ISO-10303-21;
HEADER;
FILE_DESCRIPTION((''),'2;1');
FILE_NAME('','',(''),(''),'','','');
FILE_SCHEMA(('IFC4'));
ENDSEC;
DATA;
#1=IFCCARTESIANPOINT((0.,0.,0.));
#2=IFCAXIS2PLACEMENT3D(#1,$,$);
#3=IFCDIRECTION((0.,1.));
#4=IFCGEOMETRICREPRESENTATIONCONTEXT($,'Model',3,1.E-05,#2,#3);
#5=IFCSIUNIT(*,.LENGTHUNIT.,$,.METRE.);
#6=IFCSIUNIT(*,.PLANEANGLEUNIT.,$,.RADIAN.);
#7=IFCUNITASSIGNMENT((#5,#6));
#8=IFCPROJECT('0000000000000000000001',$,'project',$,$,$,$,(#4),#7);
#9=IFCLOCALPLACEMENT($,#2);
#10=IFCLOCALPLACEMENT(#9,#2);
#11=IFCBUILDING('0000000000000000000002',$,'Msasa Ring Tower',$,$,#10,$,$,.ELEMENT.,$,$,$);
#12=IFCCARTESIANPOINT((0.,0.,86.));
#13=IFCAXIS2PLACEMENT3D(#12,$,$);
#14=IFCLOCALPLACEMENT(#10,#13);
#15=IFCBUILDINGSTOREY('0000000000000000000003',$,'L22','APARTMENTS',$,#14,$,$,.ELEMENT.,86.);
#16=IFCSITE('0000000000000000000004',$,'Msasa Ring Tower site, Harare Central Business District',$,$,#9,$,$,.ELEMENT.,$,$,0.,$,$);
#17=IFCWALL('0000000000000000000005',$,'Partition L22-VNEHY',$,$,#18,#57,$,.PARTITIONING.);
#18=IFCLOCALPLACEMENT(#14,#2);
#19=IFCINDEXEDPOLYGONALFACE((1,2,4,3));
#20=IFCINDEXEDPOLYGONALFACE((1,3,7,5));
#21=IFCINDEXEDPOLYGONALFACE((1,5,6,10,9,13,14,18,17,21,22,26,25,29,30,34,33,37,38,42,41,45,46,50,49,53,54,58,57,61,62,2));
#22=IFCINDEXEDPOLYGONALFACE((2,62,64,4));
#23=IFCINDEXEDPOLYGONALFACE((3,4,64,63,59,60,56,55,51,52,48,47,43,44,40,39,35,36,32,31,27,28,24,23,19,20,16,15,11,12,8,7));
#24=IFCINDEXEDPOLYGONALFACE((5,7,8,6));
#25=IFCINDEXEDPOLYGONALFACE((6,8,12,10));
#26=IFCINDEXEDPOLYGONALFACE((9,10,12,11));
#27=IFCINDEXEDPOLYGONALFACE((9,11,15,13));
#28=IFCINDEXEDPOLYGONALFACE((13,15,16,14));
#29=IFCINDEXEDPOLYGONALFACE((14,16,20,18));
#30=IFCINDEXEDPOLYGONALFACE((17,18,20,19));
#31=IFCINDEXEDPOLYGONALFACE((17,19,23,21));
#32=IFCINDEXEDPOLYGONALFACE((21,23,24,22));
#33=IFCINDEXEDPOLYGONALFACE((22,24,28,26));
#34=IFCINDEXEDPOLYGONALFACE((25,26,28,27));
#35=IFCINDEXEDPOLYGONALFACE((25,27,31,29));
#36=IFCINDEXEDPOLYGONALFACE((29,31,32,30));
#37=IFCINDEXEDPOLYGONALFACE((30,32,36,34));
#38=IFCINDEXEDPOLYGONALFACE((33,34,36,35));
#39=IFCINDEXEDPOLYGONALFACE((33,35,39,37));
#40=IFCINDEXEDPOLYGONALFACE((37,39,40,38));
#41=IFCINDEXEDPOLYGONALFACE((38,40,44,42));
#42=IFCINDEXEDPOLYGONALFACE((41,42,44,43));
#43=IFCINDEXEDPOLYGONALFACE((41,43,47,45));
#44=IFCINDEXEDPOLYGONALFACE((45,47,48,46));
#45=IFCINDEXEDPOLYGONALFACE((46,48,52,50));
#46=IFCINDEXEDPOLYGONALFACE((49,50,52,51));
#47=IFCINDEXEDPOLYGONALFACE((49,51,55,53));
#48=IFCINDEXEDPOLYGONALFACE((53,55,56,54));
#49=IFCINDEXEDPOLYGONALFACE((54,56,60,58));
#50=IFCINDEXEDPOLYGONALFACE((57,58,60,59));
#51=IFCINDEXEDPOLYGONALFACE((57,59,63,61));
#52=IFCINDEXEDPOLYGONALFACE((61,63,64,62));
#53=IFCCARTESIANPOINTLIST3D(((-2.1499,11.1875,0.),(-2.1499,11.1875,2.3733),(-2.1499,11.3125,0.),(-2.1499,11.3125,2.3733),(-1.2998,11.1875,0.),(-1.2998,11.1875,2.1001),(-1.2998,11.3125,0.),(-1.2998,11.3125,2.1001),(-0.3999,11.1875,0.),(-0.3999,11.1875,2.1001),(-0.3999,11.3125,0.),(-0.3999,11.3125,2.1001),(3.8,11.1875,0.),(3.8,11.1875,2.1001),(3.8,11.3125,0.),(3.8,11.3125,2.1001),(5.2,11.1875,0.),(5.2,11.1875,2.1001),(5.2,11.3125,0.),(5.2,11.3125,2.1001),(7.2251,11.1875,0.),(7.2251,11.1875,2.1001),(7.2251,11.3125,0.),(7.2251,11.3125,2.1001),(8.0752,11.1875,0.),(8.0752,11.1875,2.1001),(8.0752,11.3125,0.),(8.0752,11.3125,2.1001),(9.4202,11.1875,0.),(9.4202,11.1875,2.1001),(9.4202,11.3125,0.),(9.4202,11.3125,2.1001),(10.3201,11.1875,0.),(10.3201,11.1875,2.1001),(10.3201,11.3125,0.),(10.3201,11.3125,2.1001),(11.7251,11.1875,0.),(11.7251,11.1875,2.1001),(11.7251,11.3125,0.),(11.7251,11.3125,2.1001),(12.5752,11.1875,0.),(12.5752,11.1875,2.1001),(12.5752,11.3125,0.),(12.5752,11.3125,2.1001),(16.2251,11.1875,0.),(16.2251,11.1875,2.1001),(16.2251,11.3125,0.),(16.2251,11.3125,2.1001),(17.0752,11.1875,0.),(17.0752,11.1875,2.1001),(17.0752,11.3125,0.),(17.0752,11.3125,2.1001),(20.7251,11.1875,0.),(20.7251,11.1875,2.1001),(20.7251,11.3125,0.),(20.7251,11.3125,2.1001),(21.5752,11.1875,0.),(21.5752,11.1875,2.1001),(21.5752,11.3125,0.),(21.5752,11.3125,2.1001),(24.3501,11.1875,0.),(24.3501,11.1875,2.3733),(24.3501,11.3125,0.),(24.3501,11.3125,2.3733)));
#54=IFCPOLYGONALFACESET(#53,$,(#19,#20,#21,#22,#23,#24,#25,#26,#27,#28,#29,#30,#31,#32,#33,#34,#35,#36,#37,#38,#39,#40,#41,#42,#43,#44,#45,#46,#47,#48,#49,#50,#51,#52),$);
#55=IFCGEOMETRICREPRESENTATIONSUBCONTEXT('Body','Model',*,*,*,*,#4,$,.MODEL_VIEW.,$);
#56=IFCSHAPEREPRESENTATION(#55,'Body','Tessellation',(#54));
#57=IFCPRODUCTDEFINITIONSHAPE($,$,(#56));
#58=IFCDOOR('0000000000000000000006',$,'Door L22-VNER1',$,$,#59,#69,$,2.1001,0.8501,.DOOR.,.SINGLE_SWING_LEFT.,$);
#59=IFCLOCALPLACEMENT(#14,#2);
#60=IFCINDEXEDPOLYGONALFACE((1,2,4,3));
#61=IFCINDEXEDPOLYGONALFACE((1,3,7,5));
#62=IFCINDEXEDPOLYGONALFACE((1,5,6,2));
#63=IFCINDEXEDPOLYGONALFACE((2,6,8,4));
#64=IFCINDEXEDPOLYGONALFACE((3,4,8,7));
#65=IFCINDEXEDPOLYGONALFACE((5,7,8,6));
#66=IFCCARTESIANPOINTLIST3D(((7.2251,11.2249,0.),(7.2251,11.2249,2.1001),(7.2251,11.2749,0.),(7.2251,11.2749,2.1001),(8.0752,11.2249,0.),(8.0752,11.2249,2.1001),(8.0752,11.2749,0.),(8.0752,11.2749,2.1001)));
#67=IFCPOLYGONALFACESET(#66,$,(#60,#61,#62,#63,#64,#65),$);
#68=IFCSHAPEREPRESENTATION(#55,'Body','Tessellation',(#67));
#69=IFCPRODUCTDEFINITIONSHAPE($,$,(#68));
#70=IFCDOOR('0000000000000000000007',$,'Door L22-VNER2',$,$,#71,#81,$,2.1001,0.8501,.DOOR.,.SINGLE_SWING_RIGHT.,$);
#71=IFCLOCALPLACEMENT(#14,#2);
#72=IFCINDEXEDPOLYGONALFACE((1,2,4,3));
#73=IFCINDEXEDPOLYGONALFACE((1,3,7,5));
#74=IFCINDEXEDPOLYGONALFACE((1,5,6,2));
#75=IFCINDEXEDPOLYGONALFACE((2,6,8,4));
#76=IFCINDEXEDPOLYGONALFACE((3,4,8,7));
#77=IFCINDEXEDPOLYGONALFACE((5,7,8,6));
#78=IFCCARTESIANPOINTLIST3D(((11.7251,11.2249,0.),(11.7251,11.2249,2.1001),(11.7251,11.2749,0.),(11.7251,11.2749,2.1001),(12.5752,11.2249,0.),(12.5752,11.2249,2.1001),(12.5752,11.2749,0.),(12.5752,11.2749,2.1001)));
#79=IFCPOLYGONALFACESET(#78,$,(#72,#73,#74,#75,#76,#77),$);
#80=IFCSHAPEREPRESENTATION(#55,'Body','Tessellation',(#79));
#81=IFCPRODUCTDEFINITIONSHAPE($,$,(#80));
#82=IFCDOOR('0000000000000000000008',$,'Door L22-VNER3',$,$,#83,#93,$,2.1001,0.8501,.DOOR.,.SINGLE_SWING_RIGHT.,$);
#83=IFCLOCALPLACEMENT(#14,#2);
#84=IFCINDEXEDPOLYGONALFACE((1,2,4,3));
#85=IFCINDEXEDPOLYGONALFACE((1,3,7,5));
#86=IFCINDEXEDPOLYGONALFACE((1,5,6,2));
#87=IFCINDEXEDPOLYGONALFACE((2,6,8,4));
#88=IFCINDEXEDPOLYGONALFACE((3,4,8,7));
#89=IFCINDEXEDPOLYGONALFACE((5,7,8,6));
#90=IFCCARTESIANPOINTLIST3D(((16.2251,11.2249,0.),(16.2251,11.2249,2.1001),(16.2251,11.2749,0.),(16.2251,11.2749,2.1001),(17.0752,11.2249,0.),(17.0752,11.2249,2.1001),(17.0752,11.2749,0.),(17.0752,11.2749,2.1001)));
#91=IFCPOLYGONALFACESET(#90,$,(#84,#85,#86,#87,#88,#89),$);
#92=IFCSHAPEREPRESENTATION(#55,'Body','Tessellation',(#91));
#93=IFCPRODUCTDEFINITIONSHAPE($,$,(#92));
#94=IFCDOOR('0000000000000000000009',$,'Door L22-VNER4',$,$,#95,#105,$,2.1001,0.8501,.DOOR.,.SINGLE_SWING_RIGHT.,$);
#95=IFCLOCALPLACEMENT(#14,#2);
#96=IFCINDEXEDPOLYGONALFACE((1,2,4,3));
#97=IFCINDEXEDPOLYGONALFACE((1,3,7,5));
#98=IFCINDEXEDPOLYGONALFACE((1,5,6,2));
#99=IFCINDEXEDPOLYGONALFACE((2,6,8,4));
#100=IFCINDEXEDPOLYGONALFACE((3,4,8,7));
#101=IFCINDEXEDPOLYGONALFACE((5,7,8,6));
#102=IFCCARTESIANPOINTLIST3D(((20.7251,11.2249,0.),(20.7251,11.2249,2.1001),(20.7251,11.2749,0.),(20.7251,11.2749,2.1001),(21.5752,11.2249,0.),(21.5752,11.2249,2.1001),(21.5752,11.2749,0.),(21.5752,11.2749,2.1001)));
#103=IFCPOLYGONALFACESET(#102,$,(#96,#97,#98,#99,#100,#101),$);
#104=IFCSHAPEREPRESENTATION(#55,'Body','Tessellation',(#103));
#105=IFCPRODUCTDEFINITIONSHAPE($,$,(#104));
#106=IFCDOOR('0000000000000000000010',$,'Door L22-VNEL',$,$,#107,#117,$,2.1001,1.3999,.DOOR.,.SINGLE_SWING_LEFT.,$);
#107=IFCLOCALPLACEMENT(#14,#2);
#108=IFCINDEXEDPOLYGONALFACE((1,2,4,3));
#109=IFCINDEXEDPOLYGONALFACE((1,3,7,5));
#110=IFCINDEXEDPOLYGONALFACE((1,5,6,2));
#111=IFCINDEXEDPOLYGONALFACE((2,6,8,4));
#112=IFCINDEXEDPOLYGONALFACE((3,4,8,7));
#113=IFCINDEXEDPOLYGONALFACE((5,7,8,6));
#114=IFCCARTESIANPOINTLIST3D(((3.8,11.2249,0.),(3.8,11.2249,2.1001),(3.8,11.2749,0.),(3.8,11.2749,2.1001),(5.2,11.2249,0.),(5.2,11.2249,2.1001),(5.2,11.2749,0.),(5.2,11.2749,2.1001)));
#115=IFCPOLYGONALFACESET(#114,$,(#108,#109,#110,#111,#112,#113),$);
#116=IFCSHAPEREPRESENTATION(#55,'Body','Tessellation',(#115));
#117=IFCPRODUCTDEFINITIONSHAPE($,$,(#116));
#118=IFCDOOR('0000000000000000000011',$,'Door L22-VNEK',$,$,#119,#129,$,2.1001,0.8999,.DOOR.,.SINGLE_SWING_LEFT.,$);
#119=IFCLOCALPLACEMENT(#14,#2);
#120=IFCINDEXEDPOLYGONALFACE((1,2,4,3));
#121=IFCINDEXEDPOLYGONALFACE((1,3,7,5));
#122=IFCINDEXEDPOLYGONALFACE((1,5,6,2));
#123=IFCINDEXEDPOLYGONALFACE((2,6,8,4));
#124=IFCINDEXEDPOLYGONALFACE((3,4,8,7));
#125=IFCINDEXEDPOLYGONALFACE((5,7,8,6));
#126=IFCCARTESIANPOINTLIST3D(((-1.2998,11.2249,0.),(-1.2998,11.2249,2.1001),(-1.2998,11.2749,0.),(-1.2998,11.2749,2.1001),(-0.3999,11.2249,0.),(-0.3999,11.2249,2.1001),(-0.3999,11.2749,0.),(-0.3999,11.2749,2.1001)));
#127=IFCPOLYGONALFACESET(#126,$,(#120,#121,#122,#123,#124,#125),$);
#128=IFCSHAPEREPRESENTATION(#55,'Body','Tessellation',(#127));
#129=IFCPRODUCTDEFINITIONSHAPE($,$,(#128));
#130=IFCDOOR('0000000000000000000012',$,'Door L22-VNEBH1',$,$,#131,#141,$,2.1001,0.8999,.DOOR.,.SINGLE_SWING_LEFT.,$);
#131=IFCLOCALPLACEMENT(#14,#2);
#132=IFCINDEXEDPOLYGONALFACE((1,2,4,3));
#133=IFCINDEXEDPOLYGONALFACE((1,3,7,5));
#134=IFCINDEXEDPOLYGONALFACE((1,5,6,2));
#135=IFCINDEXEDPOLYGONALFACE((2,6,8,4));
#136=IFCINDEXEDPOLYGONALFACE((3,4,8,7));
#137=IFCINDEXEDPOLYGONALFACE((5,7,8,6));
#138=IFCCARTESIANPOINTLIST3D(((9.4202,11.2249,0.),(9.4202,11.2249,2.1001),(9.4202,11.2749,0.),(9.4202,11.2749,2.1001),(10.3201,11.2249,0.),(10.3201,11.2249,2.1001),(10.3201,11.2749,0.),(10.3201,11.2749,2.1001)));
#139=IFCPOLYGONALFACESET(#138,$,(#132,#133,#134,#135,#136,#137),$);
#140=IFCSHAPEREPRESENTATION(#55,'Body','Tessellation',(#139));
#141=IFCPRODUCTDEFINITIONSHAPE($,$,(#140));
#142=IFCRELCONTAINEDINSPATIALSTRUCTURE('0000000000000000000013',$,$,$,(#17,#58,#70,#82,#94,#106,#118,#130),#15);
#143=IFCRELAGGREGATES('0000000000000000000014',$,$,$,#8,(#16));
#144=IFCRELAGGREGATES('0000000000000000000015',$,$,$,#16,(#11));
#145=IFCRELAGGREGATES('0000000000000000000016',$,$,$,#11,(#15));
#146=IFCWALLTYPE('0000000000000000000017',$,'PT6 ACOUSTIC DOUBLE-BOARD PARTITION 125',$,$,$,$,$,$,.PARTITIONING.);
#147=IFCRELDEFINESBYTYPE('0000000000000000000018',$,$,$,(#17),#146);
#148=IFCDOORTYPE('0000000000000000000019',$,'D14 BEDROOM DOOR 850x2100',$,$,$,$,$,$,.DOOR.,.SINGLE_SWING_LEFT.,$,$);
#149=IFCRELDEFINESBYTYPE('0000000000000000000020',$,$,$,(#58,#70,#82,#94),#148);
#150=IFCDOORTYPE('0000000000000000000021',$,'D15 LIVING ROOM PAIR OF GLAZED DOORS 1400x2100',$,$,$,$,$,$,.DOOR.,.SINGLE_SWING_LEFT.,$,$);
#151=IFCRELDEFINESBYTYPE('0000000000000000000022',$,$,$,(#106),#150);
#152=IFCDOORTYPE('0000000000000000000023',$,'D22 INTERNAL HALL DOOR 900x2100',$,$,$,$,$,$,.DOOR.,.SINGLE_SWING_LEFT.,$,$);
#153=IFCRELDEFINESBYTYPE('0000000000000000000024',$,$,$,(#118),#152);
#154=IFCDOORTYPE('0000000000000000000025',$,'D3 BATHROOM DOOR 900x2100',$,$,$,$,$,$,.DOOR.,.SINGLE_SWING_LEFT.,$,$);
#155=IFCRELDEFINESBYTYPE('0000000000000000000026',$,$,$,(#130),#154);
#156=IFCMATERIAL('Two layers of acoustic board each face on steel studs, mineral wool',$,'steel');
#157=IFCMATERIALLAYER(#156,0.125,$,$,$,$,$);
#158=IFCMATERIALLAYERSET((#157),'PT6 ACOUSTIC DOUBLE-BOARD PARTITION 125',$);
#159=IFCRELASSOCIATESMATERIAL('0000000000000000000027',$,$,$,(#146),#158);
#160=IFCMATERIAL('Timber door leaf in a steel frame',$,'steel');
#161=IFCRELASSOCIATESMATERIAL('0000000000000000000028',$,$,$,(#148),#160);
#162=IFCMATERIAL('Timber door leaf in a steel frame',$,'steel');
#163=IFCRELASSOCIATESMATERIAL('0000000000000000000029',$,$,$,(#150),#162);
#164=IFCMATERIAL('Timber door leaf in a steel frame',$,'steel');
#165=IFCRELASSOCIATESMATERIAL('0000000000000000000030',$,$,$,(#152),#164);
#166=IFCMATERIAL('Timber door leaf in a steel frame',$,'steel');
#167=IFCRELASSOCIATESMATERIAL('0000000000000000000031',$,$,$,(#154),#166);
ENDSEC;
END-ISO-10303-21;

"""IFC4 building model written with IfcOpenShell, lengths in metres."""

from ifc_helpers import new_model, si_unit, direction, frame, frame_2d, origin, place, context, subcontext, project, spatial, rectangle, extrude, material, layer, layer_set, type_object, element, fill, save


model = new_model("IFC4")

# Units and contexts
model_context = context("Model", 3, precision=1e-05, world=origin(), true_north=direction((0.0, 1.0)))
body_context = subcontext(model_context, "Body", "Model", "MODEL_VIEW")
ifc_project = project(units=[si_unit("LENGTHUNIT", "METRE"), si_unit("PLANEANGLEUNIT", "RADIAN")], contexts=[model_context])

# Site, building, storey
site_placement = place(None, origin())
site = spatial("IfcSite", under=ifc_project, at=site_placement, Name="Msasa Ring Tower site, Harare Central Business District", CompositionType="ELEMENT", RefElevation=0.0)
building_placement = place(site_placement, origin())
building = spatial("IfcBuilding", under=site, at=building_placement, Name="Msasa Ring Tower", CompositionType="ELEMENT")
storey_placement = place(building_placement, frame((0.0, 0.0, 86.0)))
storey = spatial("IfcBuildingStorey", under=building, at=storey_placement, Name="L22", Description="APARTMENTS", CompositionType="ELEMENT", Elevation=86.0)

# Wall, openings, doors
ifc_material_1 = material(Name="Two layers of acoustic board each face on steel studs, mineral wool", Category="steel")
ifc_layer_1 = layer(ifc_material_1, 0.125)
ifc_layer_set_1 = layer_set([ifc_layer_1], Name="PT6 ACOUSTIC DOUBLE-BOARD PARTITION 125")
wall_type_1 = type_object("IfcWallType", Name="PT6 ACOUSTIC DOUBLE-BOARD PARTITION 125", PredefinedType="PARTITIONING", material=ifc_layer_set_1)
wall_1_placement = place(storey_placement, frame((-2.1499, 11.25, 0.0), z_axis=(0.0, 0.0, 1.0), x_axis=(1.0, 0.0, 0.0)))
wall_1 = element("IfcWall", 1, at=wall_1_placement, inside=storey, type_object=wall_type_1, Name="Partition L22-VNEHY", PredefinedType="PARTITIONING", context=body_context, shape_type="SweptSolid", body=[
    extrude(rectangle(XDim=26.5, YDim=0.125, at=frame_2d((13.25, 0.0))), origin(), (0.0, 0.0, 1.0), 2.3733),
])
opening_1_placement = place(wall_1_placement, frame((0.8501, 0.0, 0.0)))
opening_1 = element("IfcOpeningElement", 2, at=opening_1_placement, cuts=wall_1, PredefinedType="OPENING", context=body_context, shape_type="SweptSolid", body=[
    extrude(rectangle(XDim=0.8999, YDim=2.1001, at=frame_2d((0.45, 1.05))), frame((0.0, 0.0725, 0.0), z_axis=(0.0, -1.0, 0.0), x_axis=(1.0, 0.0, 0.0)), (0.0, 0.0, 1.0), 0.145),
])
opening_2_placement = place(wall_1_placement, frame((5.95, 0.0, 0.0)))
opening_2 = element("IfcOpeningElement", 3, at=opening_2_placement, cuts=wall_1, PredefinedType="OPENING", context=body_context, shape_type="SweptSolid", body=[
    extrude(rectangle(XDim=1.3999, YDim=2.1001, at=frame_2d((0.7, 1.05))), frame((0.0, 0.0725, 0.0), z_axis=(0.0, -1.0, 0.0), x_axis=(1.0, 0.0, 0.0)), (0.0, 0.0, 1.0), 0.145),
])
opening_3_placement = place(wall_1_placement, frame((9.375, 0.0, 0.0)))
opening_3 = element("IfcOpeningElement", 4, at=opening_3_placement, cuts=wall_1, PredefinedType="OPENING", context=body_context, shape_type="SweptSolid", body=[
    extrude(rectangle(XDim=0.8501, YDim=2.1001, at=frame_2d((0.425, 1.05))), frame((0.0, 0.0725, 0.0), z_axis=(0.0, -1.0, 0.0), x_axis=(1.0, 0.0, 0.0)), (0.0, 0.0, 1.0), 0.145),
])
opening_4_placement = place(wall_1_placement, frame((11.5701, 0.0, 0.0)))
opening_4 = element("IfcOpeningElement", 5, at=opening_4_placement, cuts=wall_1, PredefinedType="OPENING", context=body_context, shape_type="SweptSolid", body=[
    extrude(rectangle(XDim=0.8999, YDim=2.1001, at=frame_2d((0.45, 1.05))), frame((0.0, 0.0725, 0.0), z_axis=(0.0, -1.0, 0.0), x_axis=(1.0, 0.0, 0.0)), (0.0, 0.0, 1.0), 0.145),
])
opening_5_placement = place(wall_1_placement, frame((13.875, 0.0, 0.0)))
opening_5 = element("IfcOpeningElement", 6, at=opening_5_placement, cuts=wall_1, PredefinedType="OPENING", context=body_context, shape_type="SweptSolid", body=[
    extrude(rectangle(XDim=0.8501, YDim=2.1001, at=frame_2d((0.425, 1.05))), frame((0.0, 0.0725, 0.0), z_axis=(0.0, -1.0, 0.0), x_axis=(1.0, 0.0, 0.0)), (0.0, 0.0, 1.0), 0.145),
])
opening_6_placement = place(wall_1_placement, frame((18.375, 0.0, 0.0)))
opening_6 = element("IfcOpeningElement", 7, at=opening_6_placement, cuts=wall_1, PredefinedType="OPENING", context=body_context, shape_type="SweptSolid", body=[
    extrude(rectangle(XDim=0.8501, YDim=2.1001, at=frame_2d((0.425, 1.05))), frame((0.0, 0.0725, 0.0), z_axis=(0.0, -1.0, 0.0), x_axis=(1.0, 0.0, 0.0)), (0.0, 0.0, 1.0), 0.145),
])
opening_7_placement = place(wall_1_placement, frame((22.875, 0.0, 0.0)))
opening_7 = element("IfcOpeningElement", 8, at=opening_7_placement, cuts=wall_1, PredefinedType="OPENING", context=body_context, shape_type="SweptSolid", body=[
    extrude(rectangle(XDim=0.8501, YDim=2.1001, at=frame_2d((0.425, 1.05))), frame((0.0, 0.0725, 0.0), z_axis=(0.0, -1.0, 0.0), x_axis=(1.0, 0.0, 0.0)), (0.0, 0.0, 1.0), 0.145),
])
ifc_material_2 = material(Name="Timber door leaf in a steel frame", Category="steel")
door_type_1 = type_object("IfcDoorType", Name="D14 BEDROOM DOOR 850x2100", OperationType="SINGLE_SWING_LEFT", PredefinedType="DOOR", material=ifc_material_2)
door_1_placement = place(opening_3_placement, origin())
door_1 = element("IfcDoor", 9, at=door_1_placement, inside=storey, type_object=door_type_1, Name="Door L22-VNER1", OperationType="SINGLE_SWING_LEFT", OverallHeight=2.1001, OverallWidth=0.8501, PredefinedType="DOOR", context=body_context, shape_type="SweptSolid", body=[
    extrude(rectangle(XDim=0.8501, YDim=2.1001, at=frame_2d((0.425, 1.05))), frame((0.0, 0.0249, 0.0), z_axis=(0.0, -1.0, 0.0), x_axis=(1.0, 0.0, 0.0)), (0.0, 0.0, 1.0), 0.05),
])
fill(opening_3, door_1)
door_2_placement = place(opening_5_placement, origin())
door_2 = element("IfcDoor", 10, at=door_2_placement, inside=storey, type_object=door_type_1, Name="Door L22-VNER2", OperationType="SINGLE_SWING_RIGHT", OverallHeight=2.1001, OverallWidth=0.8501, PredefinedType="DOOR", context=body_context, shape_type="SweptSolid", body=[
    extrude(rectangle(XDim=0.8501, YDim=2.1001, at=frame_2d((0.425, 1.05))), frame((0.0, 0.0249, 0.0), z_axis=(0.0, -1.0, 0.0), x_axis=(1.0, 0.0, 0.0)), (0.0, 0.0, 1.0), 0.05),
])
fill(opening_5, door_2)
door_3_placement = place(opening_6_placement, origin())
door_3 = element("IfcDoor", 11, at=door_3_placement, inside=storey, type_object=door_type_1, Name="Door L22-VNER3", OperationType="SINGLE_SWING_RIGHT", OverallHeight=2.1001, OverallWidth=0.8501, PredefinedType="DOOR", context=body_context, shape_type="SweptSolid", body=[
    extrude(rectangle(XDim=0.8501, YDim=2.1001, at=frame_2d((0.425, 1.05))), frame((0.0, 0.0249, 0.0), z_axis=(0.0, -1.0, 0.0), x_axis=(1.0, 0.0, 0.0)), (0.0, 0.0, 1.0), 0.05),
])
fill(opening_6, door_3)
door_4_placement = place(opening_7_placement, origin())
door_4 = element("IfcDoor", 12, at=door_4_placement, inside=storey, type_object=door_type_1, Name="Door L22-VNER4", OperationType="SINGLE_SWING_RIGHT", OverallHeight=2.1001, OverallWidth=0.8501, PredefinedType="DOOR", context=body_context, shape_type="SweptSolid", body=[
    extrude(rectangle(XDim=0.8501, YDim=2.1001, at=frame_2d((0.425, 1.05))), frame((0.0, 0.0249, 0.0), z_axis=(0.0, -1.0, 0.0), x_axis=(1.0, 0.0, 0.0)), (0.0, 0.0, 1.0), 0.05),
])
fill(opening_7, door_4)
ifc_material_3 = material(Name="Timber door leaf in a steel frame", Category="steel")
door_type_2 = type_object("IfcDoorType", Name="D15 LIVING ROOM PAIR OF GLAZED DOORS 1400x2100", OperationType="SINGLE_SWING_LEFT", PredefinedType="DOOR", material=ifc_material_3)
door_5_placement = place(opening_2_placement, origin())
door_5 = element("IfcDoor", 13, at=door_5_placement, inside=storey, type_object=door_type_2, Name="Door L22-VNEL", OperationType="SINGLE_SWING_LEFT", OverallHeight=2.1001, OverallWidth=1.3999, PredefinedType="DOOR", context=body_context, shape_type="SweptSolid", body=[
    extrude(rectangle(XDim=1.3999, YDim=2.1001, at=frame_2d((0.7, 1.05))), frame((0.0, 0.0249, 0.0), z_axis=(0.0, -1.0, 0.0), x_axis=(1.0, 0.0, 0.0)), (0.0, 0.0, 1.0), 0.05),
])
fill(opening_2, door_5)
ifc_material_4 = material(Name="Timber door leaf in a steel frame", Category="steel")
door_type_3 = type_object("IfcDoorType", Name="D22 INTERNAL HALL DOOR 900x2100", OperationType="SINGLE_SWING_LEFT", PredefinedType="DOOR", material=ifc_material_4)
door_6_placement = place(opening_1_placement, origin())
door_6 = element("IfcDoor", 14, at=door_6_placement, inside=storey, type_object=door_type_3, Name="Door L22-VNEK", OperationType="SINGLE_SWING_LEFT", OverallHeight=2.1001, OverallWidth=0.8999, PredefinedType="DOOR", context=body_context, shape_type="SweptSolid", body=[
    extrude(rectangle(XDim=0.8999, YDim=2.1001, at=frame_2d((0.45, 1.05))), frame((0.0, 0.0249, 0.0), z_axis=(0.0, -1.0, 0.0), x_axis=(1.0, 0.0, 0.0)), (0.0, 0.0, 1.0), 0.05),
])
fill(opening_1, door_6)
ifc_material_5 = material(Name="Timber door leaf in a steel frame", Category="steel")
door_type_4 = type_object("IfcDoorType", Name="D3 BATHROOM DOOR 900x2100", OperationType="SINGLE_SWING_LEFT", PredefinedType="DOOR", material=ifc_material_5)
door_7_placement = place(opening_4_placement, origin())
door_7 = element("IfcDoor", 15, at=door_7_placement, inside=storey, type_object=door_type_4, Name="Door L22-VNEBH1", OperationType="SINGLE_SWING_LEFT", OverallHeight=2.1001, OverallWidth=0.8999, PredefinedType="DOOR", context=body_context, shape_type="SweptSolid", body=[
    extrude(rectangle(XDim=0.8999, YDim=2.1001, at=frame_2d((0.45, 1.05))), frame((0.0, 0.0249, 0.0), z_axis=(0.0, -1.0, 0.0), x_axis=(1.0, 0.0, 0.0)), (0.0, 0.0, 1.0), 0.05),
])
fill(opening_4, door_7)

save(model, "model.ifc")
